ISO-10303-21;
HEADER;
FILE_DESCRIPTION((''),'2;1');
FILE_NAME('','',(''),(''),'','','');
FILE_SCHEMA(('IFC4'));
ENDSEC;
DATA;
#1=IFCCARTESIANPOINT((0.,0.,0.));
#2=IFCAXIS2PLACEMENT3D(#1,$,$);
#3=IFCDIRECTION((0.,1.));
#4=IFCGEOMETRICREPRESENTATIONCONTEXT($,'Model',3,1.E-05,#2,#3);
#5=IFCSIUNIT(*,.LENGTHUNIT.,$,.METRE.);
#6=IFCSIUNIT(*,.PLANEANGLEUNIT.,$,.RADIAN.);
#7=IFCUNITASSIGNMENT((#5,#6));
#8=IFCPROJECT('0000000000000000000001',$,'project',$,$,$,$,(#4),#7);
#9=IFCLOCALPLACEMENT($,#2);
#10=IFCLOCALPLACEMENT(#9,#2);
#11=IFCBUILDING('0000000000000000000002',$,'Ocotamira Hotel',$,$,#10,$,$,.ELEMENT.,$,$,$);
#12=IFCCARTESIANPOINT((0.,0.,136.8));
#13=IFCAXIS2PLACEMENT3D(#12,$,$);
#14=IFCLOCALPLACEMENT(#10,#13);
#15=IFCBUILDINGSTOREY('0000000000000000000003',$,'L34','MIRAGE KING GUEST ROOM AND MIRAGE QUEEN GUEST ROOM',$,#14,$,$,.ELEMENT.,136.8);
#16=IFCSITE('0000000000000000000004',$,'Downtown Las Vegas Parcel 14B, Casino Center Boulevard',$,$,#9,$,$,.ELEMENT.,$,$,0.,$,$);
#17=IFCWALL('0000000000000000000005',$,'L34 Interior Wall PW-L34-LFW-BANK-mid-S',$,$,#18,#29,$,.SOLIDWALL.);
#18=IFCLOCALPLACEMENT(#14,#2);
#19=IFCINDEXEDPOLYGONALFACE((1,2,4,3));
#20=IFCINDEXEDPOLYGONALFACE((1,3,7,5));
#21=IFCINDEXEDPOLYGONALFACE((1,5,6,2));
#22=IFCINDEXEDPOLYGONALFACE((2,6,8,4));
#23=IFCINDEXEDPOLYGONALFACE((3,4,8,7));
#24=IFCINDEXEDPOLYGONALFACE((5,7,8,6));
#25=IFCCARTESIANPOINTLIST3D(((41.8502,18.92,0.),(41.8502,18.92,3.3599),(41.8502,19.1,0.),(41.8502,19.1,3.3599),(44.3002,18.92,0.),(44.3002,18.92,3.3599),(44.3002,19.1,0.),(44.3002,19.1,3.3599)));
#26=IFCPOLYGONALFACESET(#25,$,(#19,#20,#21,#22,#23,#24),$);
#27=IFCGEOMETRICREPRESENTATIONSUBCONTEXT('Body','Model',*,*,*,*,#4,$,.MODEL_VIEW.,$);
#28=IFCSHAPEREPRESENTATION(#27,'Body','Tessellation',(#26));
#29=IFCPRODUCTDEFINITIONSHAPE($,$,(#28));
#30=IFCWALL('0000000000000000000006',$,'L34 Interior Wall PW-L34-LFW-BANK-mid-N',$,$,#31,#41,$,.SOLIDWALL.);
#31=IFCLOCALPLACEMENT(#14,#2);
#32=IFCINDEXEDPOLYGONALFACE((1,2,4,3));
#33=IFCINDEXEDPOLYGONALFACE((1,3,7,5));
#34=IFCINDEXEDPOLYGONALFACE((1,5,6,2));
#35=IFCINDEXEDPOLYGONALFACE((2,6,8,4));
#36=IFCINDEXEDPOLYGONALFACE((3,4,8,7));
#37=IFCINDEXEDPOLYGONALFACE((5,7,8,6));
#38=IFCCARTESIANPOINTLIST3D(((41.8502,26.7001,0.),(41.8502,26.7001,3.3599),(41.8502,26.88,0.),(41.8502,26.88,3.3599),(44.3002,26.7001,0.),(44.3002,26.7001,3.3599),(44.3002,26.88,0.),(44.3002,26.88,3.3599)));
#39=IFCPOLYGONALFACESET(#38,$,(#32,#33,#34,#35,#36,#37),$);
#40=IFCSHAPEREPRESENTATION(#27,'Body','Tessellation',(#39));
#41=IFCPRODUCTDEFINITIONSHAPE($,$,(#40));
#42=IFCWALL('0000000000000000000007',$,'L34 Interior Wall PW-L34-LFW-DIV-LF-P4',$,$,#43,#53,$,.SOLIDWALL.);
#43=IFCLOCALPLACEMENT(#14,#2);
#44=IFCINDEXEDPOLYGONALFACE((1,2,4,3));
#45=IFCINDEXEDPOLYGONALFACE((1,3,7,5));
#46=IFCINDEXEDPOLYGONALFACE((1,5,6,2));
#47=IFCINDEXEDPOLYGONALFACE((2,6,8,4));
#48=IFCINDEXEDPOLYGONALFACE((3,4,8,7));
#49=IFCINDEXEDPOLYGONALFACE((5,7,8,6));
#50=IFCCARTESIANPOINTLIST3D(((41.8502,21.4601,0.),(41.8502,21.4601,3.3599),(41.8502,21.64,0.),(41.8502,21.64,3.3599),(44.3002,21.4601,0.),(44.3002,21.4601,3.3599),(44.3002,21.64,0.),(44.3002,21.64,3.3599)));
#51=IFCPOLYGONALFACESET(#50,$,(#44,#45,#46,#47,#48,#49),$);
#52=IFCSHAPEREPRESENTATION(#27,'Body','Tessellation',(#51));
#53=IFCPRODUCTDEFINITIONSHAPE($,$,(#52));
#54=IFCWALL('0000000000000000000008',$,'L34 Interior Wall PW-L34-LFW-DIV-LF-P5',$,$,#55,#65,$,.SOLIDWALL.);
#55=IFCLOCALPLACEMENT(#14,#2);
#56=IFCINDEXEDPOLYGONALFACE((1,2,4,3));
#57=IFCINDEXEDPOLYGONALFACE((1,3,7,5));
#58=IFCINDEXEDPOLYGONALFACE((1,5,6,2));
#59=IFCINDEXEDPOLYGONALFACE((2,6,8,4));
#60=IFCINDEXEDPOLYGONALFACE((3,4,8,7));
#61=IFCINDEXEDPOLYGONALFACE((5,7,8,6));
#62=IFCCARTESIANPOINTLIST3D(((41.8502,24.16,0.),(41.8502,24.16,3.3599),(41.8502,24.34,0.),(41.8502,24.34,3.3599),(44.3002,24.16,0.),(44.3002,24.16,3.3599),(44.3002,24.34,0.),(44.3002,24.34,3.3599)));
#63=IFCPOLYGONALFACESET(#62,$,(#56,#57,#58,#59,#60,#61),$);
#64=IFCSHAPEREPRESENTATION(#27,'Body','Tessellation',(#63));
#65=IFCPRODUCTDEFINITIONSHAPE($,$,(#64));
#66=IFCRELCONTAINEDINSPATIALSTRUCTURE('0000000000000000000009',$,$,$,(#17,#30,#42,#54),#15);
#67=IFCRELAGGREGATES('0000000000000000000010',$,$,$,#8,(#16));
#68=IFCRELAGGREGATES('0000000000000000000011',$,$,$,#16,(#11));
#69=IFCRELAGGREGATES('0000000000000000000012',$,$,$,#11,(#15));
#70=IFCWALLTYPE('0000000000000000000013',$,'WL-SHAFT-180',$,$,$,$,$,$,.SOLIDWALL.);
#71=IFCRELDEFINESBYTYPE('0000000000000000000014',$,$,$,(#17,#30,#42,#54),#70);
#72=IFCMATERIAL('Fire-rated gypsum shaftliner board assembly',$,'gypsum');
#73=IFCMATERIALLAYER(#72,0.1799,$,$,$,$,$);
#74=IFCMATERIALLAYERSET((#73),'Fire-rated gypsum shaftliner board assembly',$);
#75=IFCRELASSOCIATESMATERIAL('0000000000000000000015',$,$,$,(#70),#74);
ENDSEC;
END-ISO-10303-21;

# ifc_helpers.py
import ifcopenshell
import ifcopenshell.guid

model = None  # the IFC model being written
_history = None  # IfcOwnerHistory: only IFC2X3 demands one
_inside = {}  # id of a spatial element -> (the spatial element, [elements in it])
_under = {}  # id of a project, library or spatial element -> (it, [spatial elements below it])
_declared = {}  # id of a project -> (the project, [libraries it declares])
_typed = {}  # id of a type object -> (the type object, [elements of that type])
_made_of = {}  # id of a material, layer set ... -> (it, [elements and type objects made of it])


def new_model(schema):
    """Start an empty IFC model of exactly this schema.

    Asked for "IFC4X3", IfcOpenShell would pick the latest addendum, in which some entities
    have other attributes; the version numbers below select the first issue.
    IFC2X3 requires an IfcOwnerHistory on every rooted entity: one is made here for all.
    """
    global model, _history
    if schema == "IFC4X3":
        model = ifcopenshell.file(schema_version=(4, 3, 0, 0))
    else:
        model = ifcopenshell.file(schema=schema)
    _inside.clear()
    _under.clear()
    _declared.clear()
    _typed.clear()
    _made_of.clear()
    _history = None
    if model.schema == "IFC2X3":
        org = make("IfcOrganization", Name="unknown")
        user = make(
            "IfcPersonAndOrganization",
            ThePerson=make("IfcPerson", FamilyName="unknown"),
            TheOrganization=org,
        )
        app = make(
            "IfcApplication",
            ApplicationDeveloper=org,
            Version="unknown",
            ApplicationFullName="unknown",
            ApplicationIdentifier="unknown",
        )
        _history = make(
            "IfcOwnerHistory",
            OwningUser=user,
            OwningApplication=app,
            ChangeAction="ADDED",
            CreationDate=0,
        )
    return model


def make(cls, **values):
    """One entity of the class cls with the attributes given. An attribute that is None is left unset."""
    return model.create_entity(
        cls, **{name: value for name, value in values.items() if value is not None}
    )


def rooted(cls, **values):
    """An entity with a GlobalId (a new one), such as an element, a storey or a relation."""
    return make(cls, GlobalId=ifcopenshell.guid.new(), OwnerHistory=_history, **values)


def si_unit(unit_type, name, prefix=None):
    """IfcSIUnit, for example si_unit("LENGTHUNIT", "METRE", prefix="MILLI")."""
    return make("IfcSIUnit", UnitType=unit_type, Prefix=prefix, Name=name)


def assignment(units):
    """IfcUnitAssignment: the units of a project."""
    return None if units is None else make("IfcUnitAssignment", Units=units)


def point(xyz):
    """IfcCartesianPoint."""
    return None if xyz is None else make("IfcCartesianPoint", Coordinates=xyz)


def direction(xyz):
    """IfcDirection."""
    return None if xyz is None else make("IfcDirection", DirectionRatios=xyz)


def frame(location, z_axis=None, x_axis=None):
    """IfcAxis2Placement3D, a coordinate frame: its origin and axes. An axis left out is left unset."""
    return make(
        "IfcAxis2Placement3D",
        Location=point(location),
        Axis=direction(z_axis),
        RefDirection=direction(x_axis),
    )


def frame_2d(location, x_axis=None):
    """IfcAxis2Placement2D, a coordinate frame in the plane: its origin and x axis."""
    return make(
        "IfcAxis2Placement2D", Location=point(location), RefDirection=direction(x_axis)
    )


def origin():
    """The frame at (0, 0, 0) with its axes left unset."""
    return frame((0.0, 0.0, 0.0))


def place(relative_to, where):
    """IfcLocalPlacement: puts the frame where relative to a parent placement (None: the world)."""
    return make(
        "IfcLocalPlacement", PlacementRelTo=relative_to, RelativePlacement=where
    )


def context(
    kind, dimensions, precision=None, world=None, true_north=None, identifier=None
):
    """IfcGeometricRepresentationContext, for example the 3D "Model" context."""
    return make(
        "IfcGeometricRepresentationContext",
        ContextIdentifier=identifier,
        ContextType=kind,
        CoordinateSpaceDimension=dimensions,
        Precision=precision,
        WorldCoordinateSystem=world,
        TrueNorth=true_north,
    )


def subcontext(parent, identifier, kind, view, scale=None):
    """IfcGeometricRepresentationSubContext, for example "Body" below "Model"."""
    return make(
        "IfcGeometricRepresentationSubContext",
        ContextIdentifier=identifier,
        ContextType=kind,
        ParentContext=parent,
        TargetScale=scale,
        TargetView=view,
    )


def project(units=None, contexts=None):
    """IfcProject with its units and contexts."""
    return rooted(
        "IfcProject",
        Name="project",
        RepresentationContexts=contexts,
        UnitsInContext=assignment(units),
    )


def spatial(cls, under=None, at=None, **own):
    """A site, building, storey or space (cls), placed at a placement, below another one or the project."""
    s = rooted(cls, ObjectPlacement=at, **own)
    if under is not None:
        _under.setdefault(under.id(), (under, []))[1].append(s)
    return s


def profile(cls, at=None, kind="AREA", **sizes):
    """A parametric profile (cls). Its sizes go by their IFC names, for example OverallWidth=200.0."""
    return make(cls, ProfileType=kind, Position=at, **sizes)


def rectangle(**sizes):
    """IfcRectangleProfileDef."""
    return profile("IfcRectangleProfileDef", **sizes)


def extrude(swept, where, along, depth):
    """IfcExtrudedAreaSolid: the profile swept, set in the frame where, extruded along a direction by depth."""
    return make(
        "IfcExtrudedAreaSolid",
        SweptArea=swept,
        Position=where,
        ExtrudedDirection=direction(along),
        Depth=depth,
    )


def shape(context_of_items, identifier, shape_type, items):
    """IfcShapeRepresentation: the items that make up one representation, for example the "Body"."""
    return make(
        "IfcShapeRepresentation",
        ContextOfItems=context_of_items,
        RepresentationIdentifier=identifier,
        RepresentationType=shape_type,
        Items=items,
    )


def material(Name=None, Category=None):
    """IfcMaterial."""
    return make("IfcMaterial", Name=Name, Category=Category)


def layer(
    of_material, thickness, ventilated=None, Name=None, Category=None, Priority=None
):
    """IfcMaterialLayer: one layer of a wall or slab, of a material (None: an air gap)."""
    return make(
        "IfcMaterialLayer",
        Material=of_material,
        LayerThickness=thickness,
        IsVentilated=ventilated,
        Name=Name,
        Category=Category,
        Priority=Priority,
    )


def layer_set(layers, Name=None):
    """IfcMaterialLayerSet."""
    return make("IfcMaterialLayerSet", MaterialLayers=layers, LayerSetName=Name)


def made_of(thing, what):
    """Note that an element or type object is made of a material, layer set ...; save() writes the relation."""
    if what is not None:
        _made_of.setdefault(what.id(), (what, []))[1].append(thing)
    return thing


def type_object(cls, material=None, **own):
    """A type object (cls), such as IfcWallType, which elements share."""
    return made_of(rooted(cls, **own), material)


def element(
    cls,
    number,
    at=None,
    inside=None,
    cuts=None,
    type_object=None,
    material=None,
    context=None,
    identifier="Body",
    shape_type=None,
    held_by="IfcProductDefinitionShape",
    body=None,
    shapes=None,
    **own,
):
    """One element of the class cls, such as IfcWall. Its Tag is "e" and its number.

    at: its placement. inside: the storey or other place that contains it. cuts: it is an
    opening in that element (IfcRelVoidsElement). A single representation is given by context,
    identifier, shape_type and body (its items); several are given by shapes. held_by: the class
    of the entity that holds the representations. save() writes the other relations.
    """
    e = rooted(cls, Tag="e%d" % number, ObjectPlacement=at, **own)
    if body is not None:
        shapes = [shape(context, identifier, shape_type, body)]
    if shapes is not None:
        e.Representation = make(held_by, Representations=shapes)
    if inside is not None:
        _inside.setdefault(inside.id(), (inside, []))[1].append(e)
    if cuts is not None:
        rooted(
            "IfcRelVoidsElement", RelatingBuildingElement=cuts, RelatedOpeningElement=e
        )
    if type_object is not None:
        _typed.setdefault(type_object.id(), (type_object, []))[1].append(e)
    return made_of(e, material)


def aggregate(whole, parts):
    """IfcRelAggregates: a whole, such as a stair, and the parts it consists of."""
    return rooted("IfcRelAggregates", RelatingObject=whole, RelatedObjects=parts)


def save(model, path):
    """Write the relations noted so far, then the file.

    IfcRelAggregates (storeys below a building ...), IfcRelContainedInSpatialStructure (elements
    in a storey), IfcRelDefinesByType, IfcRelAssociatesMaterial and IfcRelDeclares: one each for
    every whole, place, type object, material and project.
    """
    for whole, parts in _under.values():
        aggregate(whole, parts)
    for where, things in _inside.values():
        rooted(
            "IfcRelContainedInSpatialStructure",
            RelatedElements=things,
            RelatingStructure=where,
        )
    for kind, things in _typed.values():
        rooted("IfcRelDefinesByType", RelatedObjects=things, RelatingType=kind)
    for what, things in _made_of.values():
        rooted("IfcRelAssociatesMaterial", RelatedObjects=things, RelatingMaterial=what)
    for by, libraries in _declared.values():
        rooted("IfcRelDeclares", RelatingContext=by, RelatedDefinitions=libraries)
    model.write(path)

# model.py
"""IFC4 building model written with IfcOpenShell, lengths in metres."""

from ifc_helpers import new_model, si_unit, direction, frame, frame_2d, origin, place, context, subcontext, project, spatial, rectangle, extrude, material, layer, layer_set, type_object, element, save


model = new_model("IFC4")

# Units and contexts
model_context = context("Model", 3, precision=1e-05, world=origin(), true_north=direction((0.0, 1.0)))
body_context = subcontext(model_context, "Body", "Model", "MODEL_VIEW")
ifc_project = project(units=[si_unit("LENGTHUNIT", "METRE"), si_unit("PLANEANGLEUNIT", "RADIAN")], contexts=[model_context])

# Site, building, storey
site_placement = place(None, origin())
site = spatial("IfcSite", under=ifc_project, at=site_placement, Name="Downtown Las Vegas Parcel 14B, Casino Center Boulevard", CompositionType="ELEMENT", RefElevation=0.0)
building_placement = place(site_placement, origin())
building = spatial("IfcBuilding", under=site, at=building_placement, Name="Ocotamira Hotel", CompositionType="ELEMENT")
storey_placement = place(building_placement, frame((0.0, 0.0, 136.8)))
storey = spatial("IfcBuildingStorey", under=building, at=storey_placement, Name="L34", Description="MIRAGE KING GUEST ROOM AND MIRAGE QUEEN GUEST ROOM", CompositionType="ELEMENT", Elevation=136.8)

# Shared definitions
ifc_material_1 = material(Name="Fire-rated gypsum shaftliner board assembly", Category="gypsum")
ifc_layer_1 = layer(ifc_material_1, 0.1799)
ifc_layer_set_1 = layer_set([ifc_layer_1], Name="Fire-rated gypsum shaftliner board assembly")
wall_type_1 = type_object("IfcWallType", Name="WL-SHAFT-180", PredefinedType="SOLIDWALL", material=ifc_layer_set_1)

# Walls
for number, where, z_axis, x_axis, name in (
    (1, (41.8501, 19.01, 0.0), (0.0, 0.0, 1.0), (1.0, 0.0, 0.0), "L34 Interior Wall PW-L34-LFW-BANK-mid-S"),
    (2, (41.8501, 26.79, 0.0), (0.0, 0.0, 1.0), (1.0, 0.0, 0.0), "L34 Interior Wall PW-L34-LFW-BANK-mid-N"),
    (3, (41.8501, 21.55, 0.0), (0.0, 0.0, 1.0), (1.0, 0.0, 0.0), "L34 Interior Wall PW-L34-LFW-DIV-LF-P4"),
    (4, (41.8501, 24.25, 0.0), (0.0, 0.0, 1.0), (1.0, 0.0, 0.0), "L34 Interior Wall PW-L34-LFW-DIV-LF-P5"),
):
    element("IfcWall", number, at=place(storey_placement, frame(where, z_axis=z_axis, x_axis=x_axis)), inside=storey, type_object=wall_type_1, Name=name, PredefinedType="SOLIDWALL", context=body_context, shape_type="SweptSolid", body=[
        extrude(rectangle(XDim=2.45, YDim=0.1799, at=frame_2d((1.2251, 0.0))), origin(), (0.0, 0.0, 1.0), 3.3599),
    ])

save(model, "model.ifc")
